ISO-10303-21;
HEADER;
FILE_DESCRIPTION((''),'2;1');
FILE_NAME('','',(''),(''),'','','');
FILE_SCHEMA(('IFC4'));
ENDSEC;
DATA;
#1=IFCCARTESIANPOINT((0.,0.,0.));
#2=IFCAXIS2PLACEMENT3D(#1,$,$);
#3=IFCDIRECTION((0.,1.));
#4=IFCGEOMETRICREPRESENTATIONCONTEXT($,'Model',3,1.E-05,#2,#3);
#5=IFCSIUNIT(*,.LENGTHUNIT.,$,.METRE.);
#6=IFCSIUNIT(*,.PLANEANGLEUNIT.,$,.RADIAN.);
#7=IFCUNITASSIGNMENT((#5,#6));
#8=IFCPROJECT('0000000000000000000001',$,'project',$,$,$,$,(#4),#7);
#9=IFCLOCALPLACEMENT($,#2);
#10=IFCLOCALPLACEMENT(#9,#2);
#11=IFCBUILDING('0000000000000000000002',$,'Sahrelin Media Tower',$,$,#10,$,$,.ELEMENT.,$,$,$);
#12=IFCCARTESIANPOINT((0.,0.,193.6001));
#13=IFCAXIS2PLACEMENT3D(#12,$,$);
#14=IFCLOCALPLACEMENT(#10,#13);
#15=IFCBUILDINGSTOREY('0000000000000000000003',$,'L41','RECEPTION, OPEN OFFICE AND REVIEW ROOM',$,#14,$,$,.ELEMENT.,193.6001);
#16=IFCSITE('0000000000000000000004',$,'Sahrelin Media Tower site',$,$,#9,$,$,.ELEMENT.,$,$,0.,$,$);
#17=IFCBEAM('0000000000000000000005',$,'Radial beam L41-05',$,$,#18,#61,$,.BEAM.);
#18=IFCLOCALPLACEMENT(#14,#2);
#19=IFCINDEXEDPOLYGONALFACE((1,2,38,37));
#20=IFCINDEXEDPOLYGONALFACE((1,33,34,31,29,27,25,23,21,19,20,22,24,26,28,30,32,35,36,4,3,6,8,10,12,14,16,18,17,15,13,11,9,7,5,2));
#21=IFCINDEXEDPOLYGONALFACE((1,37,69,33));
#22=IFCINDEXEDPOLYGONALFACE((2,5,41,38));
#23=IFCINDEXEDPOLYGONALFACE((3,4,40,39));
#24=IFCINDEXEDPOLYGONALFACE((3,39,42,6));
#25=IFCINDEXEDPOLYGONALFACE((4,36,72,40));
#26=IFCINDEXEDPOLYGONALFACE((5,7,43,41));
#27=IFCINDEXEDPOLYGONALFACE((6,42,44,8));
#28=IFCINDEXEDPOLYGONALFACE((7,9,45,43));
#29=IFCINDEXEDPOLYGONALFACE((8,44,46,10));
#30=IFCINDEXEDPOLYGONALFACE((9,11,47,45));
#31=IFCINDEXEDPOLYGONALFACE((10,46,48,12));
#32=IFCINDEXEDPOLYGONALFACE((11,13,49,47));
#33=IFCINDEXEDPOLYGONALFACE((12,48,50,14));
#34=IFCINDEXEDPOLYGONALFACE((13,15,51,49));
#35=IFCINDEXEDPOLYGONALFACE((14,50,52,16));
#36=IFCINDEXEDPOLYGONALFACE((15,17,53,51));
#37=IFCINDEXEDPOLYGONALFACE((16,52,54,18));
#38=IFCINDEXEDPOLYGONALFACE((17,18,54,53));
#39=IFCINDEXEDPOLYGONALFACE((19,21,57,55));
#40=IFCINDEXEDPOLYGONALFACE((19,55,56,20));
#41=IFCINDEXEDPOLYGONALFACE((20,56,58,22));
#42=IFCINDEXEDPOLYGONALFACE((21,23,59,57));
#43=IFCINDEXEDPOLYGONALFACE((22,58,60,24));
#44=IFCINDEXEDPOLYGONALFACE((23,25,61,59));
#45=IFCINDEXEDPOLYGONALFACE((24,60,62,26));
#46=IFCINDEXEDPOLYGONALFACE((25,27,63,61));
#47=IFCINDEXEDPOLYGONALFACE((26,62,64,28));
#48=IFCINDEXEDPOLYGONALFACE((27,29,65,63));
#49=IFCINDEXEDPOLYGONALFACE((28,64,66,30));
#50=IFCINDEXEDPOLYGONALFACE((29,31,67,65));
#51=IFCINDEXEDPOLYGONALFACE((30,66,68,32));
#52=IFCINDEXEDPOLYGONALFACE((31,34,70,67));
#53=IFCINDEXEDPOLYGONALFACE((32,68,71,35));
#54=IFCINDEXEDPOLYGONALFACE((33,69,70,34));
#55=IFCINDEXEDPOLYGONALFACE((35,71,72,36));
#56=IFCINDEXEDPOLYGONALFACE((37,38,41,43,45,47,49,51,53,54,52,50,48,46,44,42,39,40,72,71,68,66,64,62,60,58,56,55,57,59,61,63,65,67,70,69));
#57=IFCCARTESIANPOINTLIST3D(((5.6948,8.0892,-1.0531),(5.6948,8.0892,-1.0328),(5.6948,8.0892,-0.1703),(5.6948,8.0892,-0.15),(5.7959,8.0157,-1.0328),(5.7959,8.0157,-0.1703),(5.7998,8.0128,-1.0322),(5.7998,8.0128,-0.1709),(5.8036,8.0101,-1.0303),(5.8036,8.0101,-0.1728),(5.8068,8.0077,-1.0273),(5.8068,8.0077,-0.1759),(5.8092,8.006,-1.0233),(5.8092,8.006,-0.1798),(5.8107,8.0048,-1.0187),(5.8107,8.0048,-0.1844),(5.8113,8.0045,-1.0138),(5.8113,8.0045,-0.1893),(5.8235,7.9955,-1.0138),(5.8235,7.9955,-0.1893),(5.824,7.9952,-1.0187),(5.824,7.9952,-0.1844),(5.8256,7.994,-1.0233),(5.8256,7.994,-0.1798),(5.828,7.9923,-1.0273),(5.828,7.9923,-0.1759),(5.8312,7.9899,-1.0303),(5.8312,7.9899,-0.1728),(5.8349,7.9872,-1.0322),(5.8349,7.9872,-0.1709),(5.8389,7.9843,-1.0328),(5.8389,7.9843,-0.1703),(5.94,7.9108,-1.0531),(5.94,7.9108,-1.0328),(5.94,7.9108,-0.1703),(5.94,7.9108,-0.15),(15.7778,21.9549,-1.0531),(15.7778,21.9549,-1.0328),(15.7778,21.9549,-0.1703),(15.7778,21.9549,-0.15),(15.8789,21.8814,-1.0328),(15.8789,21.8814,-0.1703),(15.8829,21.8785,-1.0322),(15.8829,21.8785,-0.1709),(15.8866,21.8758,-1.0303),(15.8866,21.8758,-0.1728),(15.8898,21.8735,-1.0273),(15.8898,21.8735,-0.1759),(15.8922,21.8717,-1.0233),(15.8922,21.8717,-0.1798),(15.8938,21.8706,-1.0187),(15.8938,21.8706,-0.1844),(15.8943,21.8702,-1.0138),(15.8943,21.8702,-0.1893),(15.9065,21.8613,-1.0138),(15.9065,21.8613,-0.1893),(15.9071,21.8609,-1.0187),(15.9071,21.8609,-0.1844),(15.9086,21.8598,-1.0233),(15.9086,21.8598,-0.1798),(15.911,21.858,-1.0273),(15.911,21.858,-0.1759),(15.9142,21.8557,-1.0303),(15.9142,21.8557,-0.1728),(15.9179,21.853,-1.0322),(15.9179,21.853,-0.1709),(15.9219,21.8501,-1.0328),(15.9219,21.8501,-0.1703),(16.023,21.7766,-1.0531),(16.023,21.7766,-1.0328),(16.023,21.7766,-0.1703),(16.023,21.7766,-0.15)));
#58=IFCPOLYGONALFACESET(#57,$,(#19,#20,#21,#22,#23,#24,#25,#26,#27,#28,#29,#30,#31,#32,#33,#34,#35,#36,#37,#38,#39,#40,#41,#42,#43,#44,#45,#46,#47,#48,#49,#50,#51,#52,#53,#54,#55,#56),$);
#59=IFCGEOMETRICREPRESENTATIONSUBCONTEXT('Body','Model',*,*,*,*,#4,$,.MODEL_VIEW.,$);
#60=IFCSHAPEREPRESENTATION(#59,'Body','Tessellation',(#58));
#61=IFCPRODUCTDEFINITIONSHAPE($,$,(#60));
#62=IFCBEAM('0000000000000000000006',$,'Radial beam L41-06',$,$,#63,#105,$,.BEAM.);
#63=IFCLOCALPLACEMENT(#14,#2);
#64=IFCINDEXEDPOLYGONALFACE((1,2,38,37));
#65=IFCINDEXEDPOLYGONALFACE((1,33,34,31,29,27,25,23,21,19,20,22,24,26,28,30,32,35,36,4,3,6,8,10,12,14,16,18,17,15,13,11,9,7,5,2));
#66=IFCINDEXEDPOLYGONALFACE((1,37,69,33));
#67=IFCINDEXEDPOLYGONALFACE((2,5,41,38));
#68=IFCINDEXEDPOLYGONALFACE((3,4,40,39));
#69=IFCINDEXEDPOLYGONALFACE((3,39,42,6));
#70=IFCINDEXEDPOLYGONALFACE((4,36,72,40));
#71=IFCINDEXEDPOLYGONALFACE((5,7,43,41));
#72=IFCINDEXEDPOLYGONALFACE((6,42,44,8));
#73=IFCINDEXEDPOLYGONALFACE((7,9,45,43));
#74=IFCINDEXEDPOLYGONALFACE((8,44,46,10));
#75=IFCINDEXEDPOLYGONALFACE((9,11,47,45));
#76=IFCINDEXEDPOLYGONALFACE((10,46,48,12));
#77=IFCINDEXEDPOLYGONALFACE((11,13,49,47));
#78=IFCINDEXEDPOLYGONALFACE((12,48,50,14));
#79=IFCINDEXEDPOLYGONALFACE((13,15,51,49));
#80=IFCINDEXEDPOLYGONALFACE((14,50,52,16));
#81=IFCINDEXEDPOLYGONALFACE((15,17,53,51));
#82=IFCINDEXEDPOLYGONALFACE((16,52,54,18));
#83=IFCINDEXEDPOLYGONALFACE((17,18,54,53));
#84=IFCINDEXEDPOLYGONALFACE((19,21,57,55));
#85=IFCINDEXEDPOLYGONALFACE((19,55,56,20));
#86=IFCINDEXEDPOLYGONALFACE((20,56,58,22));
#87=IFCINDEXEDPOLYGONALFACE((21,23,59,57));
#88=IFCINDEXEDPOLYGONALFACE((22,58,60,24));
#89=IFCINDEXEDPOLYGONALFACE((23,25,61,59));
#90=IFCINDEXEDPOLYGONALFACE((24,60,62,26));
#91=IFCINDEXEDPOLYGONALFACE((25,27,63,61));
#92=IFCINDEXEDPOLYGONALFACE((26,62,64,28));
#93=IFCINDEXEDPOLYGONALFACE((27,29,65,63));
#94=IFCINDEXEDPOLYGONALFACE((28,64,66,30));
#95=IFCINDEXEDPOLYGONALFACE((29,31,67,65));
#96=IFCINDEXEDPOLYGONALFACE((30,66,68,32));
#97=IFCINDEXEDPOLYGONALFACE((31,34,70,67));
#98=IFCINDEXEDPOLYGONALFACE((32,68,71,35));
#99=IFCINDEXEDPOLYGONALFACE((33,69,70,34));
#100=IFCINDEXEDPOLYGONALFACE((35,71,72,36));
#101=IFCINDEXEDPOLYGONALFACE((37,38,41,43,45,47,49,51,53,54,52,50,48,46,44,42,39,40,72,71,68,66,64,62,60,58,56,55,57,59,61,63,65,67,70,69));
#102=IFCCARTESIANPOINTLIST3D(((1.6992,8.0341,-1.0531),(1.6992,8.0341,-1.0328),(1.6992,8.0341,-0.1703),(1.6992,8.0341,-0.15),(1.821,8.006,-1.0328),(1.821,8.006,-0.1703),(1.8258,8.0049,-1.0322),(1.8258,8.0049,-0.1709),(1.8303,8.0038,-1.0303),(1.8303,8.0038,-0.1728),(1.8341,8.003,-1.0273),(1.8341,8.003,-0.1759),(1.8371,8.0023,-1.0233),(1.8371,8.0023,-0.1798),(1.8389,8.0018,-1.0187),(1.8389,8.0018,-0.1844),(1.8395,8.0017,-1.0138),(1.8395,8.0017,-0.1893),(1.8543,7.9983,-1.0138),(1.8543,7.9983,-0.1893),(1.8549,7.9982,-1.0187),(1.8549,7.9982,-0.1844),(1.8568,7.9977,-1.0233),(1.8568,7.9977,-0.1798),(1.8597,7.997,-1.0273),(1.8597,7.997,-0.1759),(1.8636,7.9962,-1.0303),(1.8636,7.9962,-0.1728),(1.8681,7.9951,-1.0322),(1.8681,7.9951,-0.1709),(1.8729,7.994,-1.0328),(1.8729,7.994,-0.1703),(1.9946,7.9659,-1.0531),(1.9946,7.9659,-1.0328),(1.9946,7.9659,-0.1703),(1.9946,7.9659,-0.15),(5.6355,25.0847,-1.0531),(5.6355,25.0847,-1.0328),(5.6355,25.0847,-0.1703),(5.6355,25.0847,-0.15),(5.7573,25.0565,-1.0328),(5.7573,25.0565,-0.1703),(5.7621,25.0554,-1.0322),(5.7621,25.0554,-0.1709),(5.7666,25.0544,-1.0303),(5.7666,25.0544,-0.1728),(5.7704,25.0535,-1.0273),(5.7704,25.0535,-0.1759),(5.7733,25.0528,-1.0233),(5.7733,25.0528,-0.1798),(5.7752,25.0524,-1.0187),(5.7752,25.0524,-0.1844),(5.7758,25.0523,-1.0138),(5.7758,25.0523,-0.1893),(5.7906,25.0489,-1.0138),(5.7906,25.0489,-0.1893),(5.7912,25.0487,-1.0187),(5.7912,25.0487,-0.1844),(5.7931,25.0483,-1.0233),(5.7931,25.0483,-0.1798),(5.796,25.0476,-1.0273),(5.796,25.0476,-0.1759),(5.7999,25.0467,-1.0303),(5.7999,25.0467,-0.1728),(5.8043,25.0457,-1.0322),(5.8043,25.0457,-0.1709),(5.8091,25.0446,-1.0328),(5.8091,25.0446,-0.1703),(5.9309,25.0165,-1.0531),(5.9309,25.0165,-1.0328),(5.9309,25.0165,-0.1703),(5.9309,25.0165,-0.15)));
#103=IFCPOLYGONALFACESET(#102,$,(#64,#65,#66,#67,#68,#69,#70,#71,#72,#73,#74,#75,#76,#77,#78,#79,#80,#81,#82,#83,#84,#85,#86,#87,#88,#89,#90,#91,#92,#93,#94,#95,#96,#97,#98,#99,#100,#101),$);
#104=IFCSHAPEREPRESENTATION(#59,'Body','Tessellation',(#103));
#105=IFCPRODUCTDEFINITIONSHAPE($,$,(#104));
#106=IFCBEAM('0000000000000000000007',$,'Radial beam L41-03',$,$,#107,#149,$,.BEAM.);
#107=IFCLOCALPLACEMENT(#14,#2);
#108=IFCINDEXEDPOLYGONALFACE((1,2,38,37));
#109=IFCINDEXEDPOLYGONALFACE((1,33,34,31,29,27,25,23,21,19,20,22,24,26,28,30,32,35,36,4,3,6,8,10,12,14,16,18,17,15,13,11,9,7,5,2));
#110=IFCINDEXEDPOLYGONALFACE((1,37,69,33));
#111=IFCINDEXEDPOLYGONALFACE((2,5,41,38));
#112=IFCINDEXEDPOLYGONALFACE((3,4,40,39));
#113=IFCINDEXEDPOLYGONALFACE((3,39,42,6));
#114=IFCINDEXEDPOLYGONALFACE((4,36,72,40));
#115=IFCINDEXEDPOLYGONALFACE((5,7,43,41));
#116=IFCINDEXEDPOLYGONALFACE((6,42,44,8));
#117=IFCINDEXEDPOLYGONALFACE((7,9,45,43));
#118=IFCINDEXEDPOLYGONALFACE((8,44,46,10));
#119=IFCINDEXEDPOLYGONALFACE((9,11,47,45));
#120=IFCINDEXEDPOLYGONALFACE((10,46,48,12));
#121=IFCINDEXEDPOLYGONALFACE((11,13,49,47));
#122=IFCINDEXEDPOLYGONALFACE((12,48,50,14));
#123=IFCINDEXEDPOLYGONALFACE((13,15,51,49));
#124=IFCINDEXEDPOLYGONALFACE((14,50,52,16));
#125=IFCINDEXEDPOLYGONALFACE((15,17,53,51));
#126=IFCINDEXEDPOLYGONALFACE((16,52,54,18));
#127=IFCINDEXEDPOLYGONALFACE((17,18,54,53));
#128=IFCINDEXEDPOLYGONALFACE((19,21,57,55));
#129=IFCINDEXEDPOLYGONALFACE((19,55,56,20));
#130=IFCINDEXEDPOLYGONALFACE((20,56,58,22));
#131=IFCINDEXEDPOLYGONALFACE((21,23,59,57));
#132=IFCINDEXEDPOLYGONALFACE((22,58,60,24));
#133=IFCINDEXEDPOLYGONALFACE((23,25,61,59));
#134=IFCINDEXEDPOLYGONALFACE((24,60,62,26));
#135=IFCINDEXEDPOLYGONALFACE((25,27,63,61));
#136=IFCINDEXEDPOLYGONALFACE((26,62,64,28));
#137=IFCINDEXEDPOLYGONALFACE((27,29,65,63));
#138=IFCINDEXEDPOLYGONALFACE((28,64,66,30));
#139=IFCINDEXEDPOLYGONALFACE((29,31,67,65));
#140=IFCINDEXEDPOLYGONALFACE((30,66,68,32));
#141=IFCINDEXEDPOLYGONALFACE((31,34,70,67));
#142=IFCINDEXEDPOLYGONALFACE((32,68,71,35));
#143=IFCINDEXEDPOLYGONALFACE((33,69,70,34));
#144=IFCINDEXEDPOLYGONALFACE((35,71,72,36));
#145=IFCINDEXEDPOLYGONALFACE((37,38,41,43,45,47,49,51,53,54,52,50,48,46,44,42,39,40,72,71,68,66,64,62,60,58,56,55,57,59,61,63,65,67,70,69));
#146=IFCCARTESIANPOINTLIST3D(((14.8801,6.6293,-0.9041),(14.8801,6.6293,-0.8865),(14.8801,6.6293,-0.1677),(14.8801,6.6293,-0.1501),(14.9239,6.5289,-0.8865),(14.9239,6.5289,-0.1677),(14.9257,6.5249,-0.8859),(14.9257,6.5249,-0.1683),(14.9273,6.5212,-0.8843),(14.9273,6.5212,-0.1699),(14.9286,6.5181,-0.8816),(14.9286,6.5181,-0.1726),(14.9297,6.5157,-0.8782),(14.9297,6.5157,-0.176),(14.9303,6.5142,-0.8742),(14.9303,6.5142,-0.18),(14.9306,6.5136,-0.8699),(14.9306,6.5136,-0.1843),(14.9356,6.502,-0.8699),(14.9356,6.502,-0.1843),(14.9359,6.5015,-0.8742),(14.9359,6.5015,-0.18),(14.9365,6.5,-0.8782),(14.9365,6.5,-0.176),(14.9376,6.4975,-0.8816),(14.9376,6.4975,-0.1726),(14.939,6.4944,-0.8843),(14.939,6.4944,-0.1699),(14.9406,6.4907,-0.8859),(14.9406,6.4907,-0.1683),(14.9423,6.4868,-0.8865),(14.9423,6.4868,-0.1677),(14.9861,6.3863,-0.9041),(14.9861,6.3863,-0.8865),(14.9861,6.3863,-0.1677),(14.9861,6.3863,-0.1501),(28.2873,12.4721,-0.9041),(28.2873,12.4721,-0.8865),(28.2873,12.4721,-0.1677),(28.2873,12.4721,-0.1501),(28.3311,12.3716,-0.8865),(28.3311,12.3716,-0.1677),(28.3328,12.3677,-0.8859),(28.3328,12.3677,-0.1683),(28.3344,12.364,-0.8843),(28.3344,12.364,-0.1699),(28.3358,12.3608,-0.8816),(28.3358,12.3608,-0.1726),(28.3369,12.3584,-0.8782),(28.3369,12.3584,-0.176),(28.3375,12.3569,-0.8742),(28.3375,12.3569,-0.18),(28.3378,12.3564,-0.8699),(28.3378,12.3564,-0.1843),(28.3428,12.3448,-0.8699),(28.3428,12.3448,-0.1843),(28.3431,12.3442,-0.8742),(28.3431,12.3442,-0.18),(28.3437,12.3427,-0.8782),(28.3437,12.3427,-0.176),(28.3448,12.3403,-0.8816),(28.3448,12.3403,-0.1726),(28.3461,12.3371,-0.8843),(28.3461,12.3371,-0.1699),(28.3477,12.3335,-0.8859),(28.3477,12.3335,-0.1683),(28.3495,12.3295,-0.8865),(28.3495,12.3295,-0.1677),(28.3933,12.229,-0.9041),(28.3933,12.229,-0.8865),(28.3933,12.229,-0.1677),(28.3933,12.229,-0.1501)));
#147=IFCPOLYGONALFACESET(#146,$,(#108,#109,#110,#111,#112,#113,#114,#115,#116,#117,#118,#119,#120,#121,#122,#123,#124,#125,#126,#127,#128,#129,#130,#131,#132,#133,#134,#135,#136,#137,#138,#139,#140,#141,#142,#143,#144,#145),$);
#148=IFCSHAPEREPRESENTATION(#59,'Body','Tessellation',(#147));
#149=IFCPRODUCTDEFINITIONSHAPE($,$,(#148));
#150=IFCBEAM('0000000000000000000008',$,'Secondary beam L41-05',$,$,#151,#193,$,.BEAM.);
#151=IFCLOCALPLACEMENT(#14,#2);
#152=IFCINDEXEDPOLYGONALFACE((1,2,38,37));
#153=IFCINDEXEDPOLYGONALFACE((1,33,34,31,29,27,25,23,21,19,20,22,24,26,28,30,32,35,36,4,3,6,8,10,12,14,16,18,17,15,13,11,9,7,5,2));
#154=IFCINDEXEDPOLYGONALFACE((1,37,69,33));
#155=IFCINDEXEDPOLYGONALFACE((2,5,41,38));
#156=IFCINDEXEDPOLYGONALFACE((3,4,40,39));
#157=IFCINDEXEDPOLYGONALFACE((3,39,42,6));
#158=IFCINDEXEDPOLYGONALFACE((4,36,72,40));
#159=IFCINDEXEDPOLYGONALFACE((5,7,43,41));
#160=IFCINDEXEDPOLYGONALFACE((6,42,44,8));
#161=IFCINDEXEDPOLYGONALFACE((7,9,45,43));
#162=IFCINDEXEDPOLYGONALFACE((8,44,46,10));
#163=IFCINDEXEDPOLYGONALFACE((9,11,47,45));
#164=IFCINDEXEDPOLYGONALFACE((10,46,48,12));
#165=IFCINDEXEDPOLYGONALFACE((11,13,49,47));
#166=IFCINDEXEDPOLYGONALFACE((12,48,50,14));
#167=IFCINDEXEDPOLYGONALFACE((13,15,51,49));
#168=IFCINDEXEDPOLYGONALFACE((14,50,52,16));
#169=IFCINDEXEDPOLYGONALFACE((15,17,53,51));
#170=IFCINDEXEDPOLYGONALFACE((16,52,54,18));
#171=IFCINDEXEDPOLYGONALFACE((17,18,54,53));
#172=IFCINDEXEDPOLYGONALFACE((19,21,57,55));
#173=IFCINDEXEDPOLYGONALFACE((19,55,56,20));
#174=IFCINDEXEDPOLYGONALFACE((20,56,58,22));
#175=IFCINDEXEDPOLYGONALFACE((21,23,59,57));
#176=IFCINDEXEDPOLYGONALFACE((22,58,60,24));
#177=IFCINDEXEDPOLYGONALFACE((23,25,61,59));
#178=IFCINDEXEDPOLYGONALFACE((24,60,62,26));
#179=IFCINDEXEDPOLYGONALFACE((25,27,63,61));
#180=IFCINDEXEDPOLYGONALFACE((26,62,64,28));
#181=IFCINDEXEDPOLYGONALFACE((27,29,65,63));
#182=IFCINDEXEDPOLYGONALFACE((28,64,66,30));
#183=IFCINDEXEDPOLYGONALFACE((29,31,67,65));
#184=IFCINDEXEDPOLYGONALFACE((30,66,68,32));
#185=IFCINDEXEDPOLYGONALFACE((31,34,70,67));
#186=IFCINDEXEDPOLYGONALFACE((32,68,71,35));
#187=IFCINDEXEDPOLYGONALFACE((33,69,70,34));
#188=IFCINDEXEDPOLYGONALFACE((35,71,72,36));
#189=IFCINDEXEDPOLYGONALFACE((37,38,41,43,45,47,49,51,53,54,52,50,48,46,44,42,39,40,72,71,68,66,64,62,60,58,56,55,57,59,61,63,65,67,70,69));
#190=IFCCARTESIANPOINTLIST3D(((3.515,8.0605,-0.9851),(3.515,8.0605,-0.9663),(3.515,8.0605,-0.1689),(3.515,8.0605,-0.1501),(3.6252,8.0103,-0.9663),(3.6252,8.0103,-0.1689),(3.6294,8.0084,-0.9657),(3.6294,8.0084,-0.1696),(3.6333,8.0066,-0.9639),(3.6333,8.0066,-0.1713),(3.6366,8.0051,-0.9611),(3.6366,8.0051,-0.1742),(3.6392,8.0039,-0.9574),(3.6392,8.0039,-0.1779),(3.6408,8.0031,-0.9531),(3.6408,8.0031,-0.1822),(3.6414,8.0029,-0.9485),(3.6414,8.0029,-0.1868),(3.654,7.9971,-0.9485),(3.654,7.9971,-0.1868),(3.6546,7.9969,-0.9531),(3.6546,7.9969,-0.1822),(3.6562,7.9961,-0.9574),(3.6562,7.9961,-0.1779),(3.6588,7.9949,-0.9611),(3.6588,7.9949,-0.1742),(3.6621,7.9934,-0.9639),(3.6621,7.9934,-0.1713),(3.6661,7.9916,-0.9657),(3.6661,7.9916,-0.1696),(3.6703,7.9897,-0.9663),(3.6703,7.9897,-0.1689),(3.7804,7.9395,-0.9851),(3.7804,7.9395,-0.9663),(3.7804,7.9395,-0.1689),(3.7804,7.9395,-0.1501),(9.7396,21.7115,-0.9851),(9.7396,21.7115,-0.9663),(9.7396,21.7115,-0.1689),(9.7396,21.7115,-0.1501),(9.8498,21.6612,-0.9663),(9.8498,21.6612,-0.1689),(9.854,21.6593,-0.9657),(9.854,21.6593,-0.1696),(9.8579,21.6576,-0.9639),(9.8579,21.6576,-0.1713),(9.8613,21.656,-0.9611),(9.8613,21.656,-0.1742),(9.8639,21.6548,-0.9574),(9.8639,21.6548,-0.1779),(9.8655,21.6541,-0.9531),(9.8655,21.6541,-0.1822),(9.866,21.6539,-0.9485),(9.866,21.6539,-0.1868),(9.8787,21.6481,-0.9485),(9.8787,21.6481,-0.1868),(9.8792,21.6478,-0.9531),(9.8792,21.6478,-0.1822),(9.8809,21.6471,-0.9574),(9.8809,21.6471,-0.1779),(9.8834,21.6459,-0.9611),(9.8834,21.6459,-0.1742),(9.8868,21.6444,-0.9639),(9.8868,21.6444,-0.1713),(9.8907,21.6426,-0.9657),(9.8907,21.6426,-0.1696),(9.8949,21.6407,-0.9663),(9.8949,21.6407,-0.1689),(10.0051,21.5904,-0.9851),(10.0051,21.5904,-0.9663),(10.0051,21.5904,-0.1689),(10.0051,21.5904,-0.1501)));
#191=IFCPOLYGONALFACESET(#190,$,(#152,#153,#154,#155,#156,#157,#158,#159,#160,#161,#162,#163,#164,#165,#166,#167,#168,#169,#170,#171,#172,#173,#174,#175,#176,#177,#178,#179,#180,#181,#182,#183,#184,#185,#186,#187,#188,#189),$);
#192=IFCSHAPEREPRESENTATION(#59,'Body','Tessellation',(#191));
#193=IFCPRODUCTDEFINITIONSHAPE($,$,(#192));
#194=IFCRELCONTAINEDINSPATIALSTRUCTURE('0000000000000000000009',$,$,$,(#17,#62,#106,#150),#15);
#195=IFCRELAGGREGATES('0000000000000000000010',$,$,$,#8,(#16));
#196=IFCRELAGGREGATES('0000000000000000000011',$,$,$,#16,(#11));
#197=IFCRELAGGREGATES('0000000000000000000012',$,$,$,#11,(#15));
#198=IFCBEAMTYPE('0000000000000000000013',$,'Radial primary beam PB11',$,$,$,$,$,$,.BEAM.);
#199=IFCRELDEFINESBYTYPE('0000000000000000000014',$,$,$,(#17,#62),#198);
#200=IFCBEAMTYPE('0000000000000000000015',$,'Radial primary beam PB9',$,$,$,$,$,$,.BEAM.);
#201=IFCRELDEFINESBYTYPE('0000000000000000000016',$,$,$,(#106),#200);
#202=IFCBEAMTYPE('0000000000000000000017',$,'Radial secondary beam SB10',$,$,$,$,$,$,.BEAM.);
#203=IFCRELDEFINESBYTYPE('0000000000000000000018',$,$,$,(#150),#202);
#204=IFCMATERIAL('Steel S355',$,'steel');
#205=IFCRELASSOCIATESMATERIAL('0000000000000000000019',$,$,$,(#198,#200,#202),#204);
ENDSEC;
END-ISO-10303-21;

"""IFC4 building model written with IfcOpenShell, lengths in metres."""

from ifc_helpers import new_model, si_unit, direction, frame, origin, origin_2d, place, context, subcontext, project, spatial, i_section, extrude, material, material_profile, profile_set, type_object, element, save


model = new_model("IFC4")

# Units and contexts
model_context = context("Model", 3, precision=1e-05, world=origin(), true_north=direction((0.0, 1.0)))
body_context = subcontext(model_context, "Body", "Model", "MODEL_VIEW")
ifc_project = project(units=[si_unit("LENGTHUNIT", "METRE"), si_unit("PLANEANGLEUNIT", "RADIAN")], contexts=[model_context])

# Site, building, storey
site_placement = place(None, origin())
site = spatial("IfcSite", under=ifc_project, at=site_placement, Name="Sahrelin Media Tower site", CompositionType="ELEMENT", RefElevation=0.0)
building_placement = place(site_placement, origin())
building = spatial("IfcBuilding", under=site, at=building_placement, Name="Sahrelin Media Tower", CompositionType="ELEMENT")
storey_placement = place(building_placement, frame((0.0, 0.0, 193.6001)))
storey = spatial("IfcBuildingStorey", under=building, at=storey_placement, Name="L41", Description="RECEPTION, OPEN OFFICE AND REVIEW ROOM", CompositionType="ELEMENT", Elevation=193.6001)

# Beams
ifc_material_1 = material(Name="Steel S355", Category="steel")
ifc_material_profile_1 = material_profile(ifc_material_1, i_section(OverallWidth=0.3032, OverallDepth=0.9031, WebThickness=0.0151, FlangeThickness=0.0203, FilletRadius=0.019, at=origin_2d()), Name="UB 914x305x201")
ifc_profile_set_1 = profile_set([ifc_material_profile_1], Name="Steel S355")
beam_type_1 = type_object("IfcBeamType", Name="Radial primary beam PB11", PredefinedType="BEAM", material=ifc_profile_set_1)
beam_1_placement = place(storey_placement, frame((5.8174, 8.0, -0.6016), z_axis=(0.588128, 0.808768, 0.0), x_axis=(-0.808768, 0.588128, 0.0)))
element("IfcBeam", 1, at=beam_1_placement, inside=storey, type_object=beam_type_1, Name="Radial beam L41-05", PredefinedType="BEAM", context=body_context, shape_type="SweptSolid", body=[
    extrude(i_section(OverallWidth=0.3032, OverallDepth=0.9031, WebThickness=0.0151, FlangeThickness=0.0203, FilletRadius=0.019, at=origin_2d()), origin(), (0.0, 0.0, 1.0), 17.1443),
])
beam_2_placement = place(storey_placement, frame((1.8469, 8.0, -0.6016), z_axis=(0.224943, 0.974372, 0.0), x_axis=(-0.974372, 0.224943, 0.0)))
element("IfcBeam", 2, at=beam_2_placement, inside=storey, type_object=beam_type_1, Name="Radial beam L41-06", PredefinedType="BEAM", context=body_context, shape_type="SweptSolid", body=[
    extrude(i_section(OverallWidth=0.3032, OverallDepth=0.9031, WebThickness=0.0151, FlangeThickness=0.0203, FilletRadius=0.019, at=origin_2d()), origin(), (0.0, 0.0, 1.0), 17.499),
])
ifc_material_profile_2 = material_profile(ifc_material_1, i_section(OverallWidth=0.2651, OverallDepth=0.7539, WebThickness=0.0127, FlangeThickness=0.0176, FilletRadius=0.0166, at=origin_2d()), Name="UB 762x267x147")
ifc_profile_set_2 = profile_set([ifc_material_profile_2], Name="Steel S355")
beam_type_2 = type_object("IfcBeamType", Name="Radial primary beam PB9", PredefinedType="BEAM", material=ifc_profile_set_2)
beam_3_placement = place(storey_placement, frame((14.9331, 6.5078, -0.5271), z_axis=(0.916731, 0.399505, 0.0), x_axis=(-0.399505, 0.916731, 0.0)))
element("IfcBeam", 3, at=beam_3_placement, inside=storey, type_object=beam_type_2, Name="Radial beam L41-03", PredefinedType="BEAM", context=body_context, shape_type="SweptSolid", body=[
    extrude(i_section(OverallWidth=0.2651, OverallDepth=0.7539, WebThickness=0.0127, FlangeThickness=0.0176, FilletRadius=0.0166, at=origin_2d()), origin(), (0.0, 0.0, 1.0), 14.625),
])
ifc_material_profile_3 = material_profile(ifc_material_1, i_section(OverallWidth=0.2917, OverallDepth=0.835, WebThickness=0.0139, FlangeThickness=0.0188, FilletRadius=0.0178, at=origin_2d()), Name="UB 838x292x176")
ifc_profile_set_3 = profile_set([ifc_material_profile_3], Name="Steel S355")
beam_type_3 = type_object("IfcBeamType", Name="Radial secondary beam SB10", PredefinedType="BEAM", material=ifc_profile_set_3)
beam_4_placement = place(storey_placement, frame((3.6477, 8.0, -0.5676), z_axis=(0.414889, 0.909872, 0.0), x_axis=(-0.909872, 0.414889, 0.0)))
element("IfcBeam", 4, at=beam_4_placement, inside=storey, type_object=beam_type_3, Name="Secondary beam L41-05", PredefinedType="BEAM", context=body_context, shape_type="SweptSolid", body=[
    extrude(i_section(OverallWidth=0.2917, OverallDepth=0.835, WebThickness=0.0139, FlangeThickness=0.0188, FilletRadius=0.0178, at=origin_2d()), origin(), (0.0, 0.0, 1.0), 15.0032),
])

save(model, "model.ifc")
